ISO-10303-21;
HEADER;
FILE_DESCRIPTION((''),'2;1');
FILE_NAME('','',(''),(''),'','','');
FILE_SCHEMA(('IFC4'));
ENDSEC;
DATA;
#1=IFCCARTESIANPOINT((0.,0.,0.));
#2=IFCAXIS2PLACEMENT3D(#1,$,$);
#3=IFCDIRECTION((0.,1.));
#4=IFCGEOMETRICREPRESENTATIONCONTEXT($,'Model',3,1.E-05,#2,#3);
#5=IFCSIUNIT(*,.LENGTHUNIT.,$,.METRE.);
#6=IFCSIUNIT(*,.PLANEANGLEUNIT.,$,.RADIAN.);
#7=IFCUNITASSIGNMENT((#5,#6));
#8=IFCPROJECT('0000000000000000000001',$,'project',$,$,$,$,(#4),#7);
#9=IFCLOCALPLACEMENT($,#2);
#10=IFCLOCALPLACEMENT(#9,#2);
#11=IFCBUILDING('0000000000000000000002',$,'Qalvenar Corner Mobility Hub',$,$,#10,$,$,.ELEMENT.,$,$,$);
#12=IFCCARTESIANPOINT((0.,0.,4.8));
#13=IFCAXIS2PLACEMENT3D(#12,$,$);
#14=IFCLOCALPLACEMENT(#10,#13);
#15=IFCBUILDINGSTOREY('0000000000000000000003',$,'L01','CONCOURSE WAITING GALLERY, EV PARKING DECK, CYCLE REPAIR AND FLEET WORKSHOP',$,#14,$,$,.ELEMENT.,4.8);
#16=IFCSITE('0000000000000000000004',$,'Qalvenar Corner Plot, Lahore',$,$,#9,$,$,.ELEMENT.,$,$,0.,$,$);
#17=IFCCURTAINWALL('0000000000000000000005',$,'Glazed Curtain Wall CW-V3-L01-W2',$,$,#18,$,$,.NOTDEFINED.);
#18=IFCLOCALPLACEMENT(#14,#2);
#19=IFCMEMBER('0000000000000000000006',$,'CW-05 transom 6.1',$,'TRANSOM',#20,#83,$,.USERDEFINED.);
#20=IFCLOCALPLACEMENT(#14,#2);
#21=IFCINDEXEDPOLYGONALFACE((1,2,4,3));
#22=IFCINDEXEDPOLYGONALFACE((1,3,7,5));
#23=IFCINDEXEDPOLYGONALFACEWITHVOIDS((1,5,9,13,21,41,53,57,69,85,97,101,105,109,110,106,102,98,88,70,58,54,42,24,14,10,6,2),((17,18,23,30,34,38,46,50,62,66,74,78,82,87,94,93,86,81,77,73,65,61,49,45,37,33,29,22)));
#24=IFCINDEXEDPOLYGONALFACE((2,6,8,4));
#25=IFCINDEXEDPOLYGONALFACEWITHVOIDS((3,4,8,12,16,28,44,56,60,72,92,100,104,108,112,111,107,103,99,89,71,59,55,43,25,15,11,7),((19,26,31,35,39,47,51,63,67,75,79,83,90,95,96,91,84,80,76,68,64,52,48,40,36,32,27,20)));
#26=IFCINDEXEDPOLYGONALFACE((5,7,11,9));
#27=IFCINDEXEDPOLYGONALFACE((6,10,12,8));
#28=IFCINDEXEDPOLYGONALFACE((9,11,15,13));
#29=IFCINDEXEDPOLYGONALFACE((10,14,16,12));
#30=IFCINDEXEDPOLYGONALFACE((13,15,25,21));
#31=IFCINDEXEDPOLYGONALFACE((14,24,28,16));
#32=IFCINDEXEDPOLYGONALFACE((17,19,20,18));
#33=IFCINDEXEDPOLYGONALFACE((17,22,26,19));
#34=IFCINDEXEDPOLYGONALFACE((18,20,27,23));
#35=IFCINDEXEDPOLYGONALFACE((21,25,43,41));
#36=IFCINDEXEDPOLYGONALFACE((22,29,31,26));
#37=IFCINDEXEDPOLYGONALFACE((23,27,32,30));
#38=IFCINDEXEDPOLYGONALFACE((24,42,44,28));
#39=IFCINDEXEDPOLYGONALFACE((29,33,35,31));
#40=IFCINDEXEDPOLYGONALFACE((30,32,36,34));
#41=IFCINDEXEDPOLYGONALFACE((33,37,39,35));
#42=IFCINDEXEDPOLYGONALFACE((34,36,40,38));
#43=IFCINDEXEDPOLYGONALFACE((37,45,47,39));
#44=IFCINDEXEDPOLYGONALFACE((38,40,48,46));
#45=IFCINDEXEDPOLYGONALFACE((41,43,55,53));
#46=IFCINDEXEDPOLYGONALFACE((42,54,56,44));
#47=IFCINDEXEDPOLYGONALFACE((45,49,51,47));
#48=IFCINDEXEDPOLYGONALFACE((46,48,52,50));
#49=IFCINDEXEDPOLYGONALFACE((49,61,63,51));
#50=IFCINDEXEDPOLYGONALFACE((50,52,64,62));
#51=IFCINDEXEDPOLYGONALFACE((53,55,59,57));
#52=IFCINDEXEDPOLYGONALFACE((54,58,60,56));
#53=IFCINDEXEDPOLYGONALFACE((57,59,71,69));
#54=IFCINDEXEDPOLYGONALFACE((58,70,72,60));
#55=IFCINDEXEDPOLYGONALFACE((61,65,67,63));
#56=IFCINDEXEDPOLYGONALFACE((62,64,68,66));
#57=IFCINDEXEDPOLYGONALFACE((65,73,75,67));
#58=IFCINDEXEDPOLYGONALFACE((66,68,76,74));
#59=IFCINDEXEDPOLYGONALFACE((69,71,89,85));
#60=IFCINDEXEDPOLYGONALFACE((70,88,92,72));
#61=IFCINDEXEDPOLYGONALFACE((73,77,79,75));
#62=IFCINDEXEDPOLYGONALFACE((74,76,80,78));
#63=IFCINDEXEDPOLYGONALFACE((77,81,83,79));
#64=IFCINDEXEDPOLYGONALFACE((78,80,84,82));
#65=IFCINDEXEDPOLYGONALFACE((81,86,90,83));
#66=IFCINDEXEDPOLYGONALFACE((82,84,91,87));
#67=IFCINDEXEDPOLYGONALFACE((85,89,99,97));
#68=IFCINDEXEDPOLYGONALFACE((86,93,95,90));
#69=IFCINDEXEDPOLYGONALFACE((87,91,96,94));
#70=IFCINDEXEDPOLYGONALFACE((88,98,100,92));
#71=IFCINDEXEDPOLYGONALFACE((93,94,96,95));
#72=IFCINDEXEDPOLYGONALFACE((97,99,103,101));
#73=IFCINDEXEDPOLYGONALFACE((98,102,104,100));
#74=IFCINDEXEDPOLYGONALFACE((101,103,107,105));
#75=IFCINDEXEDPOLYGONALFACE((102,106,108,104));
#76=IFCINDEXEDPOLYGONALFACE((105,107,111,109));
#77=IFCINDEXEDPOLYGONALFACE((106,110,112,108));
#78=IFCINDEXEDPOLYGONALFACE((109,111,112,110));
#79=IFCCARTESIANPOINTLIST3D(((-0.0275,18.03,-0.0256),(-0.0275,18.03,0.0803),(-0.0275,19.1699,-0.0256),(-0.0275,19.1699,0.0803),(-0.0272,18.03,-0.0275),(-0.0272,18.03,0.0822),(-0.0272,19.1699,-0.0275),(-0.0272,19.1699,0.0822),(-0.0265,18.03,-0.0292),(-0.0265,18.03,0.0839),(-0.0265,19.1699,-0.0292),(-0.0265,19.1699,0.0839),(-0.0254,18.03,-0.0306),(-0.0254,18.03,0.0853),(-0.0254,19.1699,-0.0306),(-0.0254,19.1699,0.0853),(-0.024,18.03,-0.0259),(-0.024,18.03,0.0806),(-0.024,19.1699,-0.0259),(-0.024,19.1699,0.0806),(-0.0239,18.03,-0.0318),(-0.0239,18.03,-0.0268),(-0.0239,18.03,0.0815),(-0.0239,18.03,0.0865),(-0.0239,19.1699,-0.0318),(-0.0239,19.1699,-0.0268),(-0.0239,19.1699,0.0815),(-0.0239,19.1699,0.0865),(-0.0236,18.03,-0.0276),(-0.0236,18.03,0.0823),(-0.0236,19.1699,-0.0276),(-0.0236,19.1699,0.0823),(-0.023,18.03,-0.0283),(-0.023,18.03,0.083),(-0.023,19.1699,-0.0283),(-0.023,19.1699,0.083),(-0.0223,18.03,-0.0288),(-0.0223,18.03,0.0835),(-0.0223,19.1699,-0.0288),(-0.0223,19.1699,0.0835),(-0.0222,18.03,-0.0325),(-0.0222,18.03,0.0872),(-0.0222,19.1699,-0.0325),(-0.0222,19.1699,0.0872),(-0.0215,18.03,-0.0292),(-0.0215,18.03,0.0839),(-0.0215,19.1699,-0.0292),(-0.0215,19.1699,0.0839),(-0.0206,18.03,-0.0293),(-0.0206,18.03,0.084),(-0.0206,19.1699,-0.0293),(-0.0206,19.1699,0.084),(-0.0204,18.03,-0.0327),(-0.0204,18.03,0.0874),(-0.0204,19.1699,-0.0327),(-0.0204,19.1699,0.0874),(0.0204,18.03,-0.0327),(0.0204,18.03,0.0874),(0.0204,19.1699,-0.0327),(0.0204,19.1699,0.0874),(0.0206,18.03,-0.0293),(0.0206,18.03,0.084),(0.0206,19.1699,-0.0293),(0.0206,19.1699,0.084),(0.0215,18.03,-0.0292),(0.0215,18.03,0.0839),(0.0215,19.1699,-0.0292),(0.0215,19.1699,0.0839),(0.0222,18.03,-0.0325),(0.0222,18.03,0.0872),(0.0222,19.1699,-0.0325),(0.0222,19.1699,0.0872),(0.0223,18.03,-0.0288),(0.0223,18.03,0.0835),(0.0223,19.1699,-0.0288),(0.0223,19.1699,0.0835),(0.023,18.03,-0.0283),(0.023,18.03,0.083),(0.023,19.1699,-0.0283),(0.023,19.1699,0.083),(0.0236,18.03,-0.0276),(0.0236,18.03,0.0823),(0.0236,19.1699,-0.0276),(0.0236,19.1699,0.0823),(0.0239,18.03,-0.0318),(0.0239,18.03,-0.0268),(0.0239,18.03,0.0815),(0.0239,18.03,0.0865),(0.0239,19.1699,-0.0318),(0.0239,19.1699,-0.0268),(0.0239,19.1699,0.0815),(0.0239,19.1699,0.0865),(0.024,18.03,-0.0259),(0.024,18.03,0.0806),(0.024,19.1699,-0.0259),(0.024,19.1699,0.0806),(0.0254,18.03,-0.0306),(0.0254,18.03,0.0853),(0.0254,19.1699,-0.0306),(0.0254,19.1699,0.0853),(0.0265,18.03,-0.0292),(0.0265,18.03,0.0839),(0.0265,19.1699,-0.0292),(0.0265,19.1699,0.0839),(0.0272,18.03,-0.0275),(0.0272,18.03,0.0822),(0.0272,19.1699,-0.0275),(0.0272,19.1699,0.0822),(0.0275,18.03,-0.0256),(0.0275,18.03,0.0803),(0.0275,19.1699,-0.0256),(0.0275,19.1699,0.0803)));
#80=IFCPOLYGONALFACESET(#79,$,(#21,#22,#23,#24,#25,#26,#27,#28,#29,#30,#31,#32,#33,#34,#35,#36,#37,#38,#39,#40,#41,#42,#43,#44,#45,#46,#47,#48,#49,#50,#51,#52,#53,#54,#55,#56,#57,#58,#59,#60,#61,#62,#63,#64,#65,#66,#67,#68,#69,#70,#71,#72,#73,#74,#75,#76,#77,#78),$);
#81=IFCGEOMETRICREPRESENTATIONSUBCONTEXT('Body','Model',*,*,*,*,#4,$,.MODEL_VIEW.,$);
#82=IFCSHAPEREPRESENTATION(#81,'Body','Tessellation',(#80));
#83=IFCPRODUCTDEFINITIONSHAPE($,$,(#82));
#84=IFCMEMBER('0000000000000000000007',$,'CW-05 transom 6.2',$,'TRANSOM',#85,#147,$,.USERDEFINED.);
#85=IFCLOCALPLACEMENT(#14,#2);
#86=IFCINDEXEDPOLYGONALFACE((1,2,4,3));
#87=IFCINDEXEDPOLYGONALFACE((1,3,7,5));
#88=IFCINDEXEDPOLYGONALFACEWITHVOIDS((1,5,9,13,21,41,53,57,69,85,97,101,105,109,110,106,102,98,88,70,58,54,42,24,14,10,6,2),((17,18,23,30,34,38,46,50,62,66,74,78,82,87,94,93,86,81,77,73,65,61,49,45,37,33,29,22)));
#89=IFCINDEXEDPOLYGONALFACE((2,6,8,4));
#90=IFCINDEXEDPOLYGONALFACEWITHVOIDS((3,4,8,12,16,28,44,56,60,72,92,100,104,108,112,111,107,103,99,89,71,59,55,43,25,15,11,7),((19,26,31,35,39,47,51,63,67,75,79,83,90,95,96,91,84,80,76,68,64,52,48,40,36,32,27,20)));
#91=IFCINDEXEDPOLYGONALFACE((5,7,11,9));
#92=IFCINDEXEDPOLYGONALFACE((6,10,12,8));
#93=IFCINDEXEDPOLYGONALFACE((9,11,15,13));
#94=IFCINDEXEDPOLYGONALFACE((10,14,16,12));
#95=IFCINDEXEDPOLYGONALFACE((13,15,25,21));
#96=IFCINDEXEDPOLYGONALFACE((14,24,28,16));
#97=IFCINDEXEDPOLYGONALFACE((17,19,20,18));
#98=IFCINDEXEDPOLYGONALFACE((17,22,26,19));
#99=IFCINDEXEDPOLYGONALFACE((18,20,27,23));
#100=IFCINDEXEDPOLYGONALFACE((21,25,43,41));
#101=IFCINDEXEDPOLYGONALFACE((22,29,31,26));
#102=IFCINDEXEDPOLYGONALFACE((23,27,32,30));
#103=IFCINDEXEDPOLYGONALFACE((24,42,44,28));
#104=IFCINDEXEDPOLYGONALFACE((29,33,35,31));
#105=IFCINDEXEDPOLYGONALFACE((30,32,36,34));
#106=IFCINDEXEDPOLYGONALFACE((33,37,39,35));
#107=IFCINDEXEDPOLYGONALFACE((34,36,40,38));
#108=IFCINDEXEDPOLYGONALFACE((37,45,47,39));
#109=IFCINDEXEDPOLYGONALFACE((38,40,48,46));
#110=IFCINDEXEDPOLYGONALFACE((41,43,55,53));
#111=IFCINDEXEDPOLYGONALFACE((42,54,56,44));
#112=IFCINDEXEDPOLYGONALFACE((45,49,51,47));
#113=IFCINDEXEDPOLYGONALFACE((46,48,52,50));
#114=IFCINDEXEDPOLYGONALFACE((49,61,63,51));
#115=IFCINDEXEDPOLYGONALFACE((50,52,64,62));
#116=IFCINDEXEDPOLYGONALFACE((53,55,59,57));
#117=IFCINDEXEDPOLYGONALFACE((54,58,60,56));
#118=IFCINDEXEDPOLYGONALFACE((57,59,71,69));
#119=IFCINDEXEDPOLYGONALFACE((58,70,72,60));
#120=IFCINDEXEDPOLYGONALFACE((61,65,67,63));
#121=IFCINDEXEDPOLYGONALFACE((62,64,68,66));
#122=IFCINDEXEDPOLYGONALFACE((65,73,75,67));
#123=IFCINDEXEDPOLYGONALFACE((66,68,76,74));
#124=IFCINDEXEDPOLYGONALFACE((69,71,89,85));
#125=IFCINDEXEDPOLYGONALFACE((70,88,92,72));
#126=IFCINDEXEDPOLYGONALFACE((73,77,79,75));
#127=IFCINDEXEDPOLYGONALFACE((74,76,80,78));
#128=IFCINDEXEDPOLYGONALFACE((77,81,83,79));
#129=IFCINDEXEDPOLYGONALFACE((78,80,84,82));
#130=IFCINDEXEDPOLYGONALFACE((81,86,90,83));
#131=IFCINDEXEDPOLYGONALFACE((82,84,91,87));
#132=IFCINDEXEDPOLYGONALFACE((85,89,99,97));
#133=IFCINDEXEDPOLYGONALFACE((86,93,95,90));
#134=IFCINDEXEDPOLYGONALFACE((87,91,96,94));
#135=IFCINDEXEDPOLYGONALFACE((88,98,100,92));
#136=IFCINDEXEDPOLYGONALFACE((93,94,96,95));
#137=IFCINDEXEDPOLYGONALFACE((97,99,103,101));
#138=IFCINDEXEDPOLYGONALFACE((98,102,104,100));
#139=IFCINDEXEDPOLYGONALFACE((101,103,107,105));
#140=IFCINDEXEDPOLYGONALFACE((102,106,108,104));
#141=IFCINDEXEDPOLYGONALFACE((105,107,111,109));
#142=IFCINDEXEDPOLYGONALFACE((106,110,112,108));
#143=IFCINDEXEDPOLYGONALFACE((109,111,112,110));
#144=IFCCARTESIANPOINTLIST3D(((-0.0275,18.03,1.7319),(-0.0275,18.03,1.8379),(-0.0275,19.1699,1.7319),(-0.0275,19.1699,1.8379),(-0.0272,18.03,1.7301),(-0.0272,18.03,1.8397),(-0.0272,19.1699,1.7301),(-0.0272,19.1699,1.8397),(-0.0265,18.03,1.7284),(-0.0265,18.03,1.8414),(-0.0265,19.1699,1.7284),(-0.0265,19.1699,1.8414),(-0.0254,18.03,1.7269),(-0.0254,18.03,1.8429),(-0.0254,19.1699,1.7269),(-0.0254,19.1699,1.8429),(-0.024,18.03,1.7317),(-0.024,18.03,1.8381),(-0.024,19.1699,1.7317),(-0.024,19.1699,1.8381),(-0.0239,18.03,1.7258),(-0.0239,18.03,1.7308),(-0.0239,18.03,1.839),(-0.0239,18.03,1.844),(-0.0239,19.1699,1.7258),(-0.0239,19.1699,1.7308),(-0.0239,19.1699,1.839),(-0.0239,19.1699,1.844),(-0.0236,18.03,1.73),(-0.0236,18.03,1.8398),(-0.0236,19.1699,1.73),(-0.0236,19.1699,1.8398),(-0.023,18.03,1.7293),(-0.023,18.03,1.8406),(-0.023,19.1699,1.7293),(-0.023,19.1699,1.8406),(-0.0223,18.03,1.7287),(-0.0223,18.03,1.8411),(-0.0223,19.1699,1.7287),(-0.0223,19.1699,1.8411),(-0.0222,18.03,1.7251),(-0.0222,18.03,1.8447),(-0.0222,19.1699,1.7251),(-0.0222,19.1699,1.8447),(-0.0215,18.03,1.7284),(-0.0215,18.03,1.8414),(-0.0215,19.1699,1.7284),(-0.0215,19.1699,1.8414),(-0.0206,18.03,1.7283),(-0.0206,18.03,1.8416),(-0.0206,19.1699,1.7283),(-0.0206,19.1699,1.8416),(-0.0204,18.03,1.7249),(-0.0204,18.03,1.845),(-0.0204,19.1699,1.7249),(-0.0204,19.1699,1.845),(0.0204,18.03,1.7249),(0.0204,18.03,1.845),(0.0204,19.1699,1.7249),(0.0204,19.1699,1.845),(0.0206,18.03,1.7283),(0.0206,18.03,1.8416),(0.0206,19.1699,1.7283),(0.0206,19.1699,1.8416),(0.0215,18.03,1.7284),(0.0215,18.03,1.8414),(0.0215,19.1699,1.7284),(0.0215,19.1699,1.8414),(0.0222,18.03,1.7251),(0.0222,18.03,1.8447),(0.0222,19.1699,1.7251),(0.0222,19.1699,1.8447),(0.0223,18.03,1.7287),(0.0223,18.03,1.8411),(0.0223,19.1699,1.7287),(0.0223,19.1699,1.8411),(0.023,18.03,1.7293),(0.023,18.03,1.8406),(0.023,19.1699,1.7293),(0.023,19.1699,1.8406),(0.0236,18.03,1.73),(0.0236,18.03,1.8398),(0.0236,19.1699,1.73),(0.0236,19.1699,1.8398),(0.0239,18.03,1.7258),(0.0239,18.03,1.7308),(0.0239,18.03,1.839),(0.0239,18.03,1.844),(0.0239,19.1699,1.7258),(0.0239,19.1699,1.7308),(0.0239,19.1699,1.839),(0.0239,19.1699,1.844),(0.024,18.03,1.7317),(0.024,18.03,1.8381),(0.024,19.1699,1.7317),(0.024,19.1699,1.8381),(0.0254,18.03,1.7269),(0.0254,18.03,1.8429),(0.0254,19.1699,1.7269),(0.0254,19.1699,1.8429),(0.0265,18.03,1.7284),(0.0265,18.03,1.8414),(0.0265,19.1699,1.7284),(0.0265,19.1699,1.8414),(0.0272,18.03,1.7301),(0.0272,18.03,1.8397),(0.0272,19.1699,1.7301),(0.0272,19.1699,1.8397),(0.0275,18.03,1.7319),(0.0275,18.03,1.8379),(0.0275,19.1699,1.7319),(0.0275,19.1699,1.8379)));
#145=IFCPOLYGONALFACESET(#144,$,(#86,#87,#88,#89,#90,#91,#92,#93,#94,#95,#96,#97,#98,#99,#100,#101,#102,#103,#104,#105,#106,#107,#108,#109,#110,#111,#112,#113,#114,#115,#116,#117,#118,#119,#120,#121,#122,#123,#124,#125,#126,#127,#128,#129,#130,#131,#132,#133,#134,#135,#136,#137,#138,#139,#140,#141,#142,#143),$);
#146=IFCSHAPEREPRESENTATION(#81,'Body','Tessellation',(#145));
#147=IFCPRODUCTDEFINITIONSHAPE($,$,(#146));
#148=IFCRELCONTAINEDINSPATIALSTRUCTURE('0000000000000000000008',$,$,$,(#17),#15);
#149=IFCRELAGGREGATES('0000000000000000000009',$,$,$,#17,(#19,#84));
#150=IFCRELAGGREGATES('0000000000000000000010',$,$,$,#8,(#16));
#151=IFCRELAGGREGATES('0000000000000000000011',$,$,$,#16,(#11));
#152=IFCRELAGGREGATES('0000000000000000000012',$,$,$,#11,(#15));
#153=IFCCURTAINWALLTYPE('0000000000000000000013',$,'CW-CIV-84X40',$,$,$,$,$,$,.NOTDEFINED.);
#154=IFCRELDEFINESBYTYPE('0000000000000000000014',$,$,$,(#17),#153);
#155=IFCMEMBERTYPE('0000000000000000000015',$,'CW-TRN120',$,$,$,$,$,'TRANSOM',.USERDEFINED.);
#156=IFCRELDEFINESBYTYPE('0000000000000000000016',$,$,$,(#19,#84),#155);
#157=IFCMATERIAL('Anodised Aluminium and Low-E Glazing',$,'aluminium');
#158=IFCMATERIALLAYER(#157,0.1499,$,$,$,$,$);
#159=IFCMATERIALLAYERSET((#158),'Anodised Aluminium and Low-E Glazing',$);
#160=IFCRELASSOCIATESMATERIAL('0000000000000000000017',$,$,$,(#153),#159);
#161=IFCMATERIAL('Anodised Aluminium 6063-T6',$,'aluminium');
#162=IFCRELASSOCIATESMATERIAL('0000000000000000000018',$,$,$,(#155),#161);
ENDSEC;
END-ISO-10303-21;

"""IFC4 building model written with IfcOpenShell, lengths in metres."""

from ifc_helpers import new_model, si_unit, direction, frame, origin, origin_2d, place, context, subcontext, project, spatial, hollow_rectangle, extrude, material, layer, layer_set, material_profile, profile_set, type_object, element, aggregate, save


model = new_model("IFC4")

# Units and contexts
model_context = context("Model", 3, precision=1e-05, world=origin(), true_north=direction((0.0, 1.0)))
body_context = subcontext(model_context, "Body", "Model", "MODEL_VIEW")
ifc_project = project(units=[si_unit("LENGTHUNIT", "METRE"), si_unit("PLANEANGLEUNIT", "RADIAN")], contexts=[model_context])

# Site, building, storey
site_placement = place(None, origin())
site = spatial("IfcSite", under=ifc_project, at=site_placement, Name="Qalvenar Corner Plot, Lahore", CompositionType="ELEMENT", RefElevation=0.0)
building_placement = place(site_placement, origin())
building = spatial("IfcBuilding", under=site, at=building_placement, Name="Qalvenar Corner Mobility Hub", CompositionType="ELEMENT")
storey_placement = place(building_placement, frame((0.0, 0.0, 4.8)))
storey = spatial("IfcBuildingStorey", under=building, at=storey_placement, Name="L01", Description="CONCOURSE WAITING GALLERY, EV PARKING DECK, CYCLE REPAIR AND FLEET WORKSHOP", CompositionType="ELEMENT", Elevation=4.8)

# Curtain wall, members
ifc_material_1 = material(Name="Anodised Aluminium and Low-E Glazing", Category="aluminium")
ifc_layer_1 = layer(ifc_material_1, 0.1499)
ifc_layer_set_1 = layer_set([ifc_layer_1], Name="Anodised Aluminium and Low-E Glazing")
curtain_wall_type = type_object("IfcCurtainWallType", Name="CW-CIV-84X40", PredefinedType="NOTDEFINED", material=ifc_layer_set_1)
curtain_wall_placement = place(storey_placement, origin())
curtain_wall = element("IfcCurtainWall", 1, at=curtain_wall_placement, inside=storey, type_object=curtain_wall_type, Name="Glazed Curtain Wall CW-V3-L01-W2", PredefinedType="NOTDEFINED")
ifc_material_2 = material(Name="Anodised Aluminium 6063-T6", Category="aluminium")
ifc_material_profile_1 = material_profile(ifc_material_2, hollow_rectangle(XDim=0.0549, YDim=0.1201, WallThickness=0.0034, InnerFilletRadius=0.0034, OuterFilletRadius=0.0071, at=origin_2d()), Name="RHS120x55x3.5")
ifc_profile_set_1 = profile_set([ifc_material_profile_1], Name="Anodised Aluminium 6063-T6")
member_type_1 = type_object("IfcMemberType", Name="CW-TRN120", ElementType="TRANSOM", PredefinedType="USERDEFINED", material=ifc_profile_set_1)
member_1_placement = place(storey_placement, frame((0.0, 19.1699, 0.0273), z_axis=(0.0, -1.0, 0.0), x_axis=(1.0, 0.0, 0.0)))
member_1 = element("IfcMember", 2, at=member_1_placement, type_object=member_type_1, Name="CW-05 transom 6.1", ObjectType="TRANSOM", PredefinedType="USERDEFINED", context=body_context, shape_type="SweptSolid", body=[
    extrude(hollow_rectangle(XDim=0.0549, YDim=0.1201, WallThickness=0.0034, InnerFilletRadius=0.0034, OuterFilletRadius=0.0071, at=origin_2d()), origin(), (0.0, 0.0, 1.0), 1.1399),
])
member_2_placement = place(storey_placement, frame((0.0, 19.1699, 1.7849), z_axis=(0.0, -1.0, 0.0), x_axis=(1.0, 0.0, 0.0)))
member_2 = element("IfcMember", 3, at=member_2_placement, type_object=member_type_1, Name="CW-05 transom 6.2", ObjectType="TRANSOM", PredefinedType="USERDEFINED", context=body_context, shape_type="SweptSolid", body=[
    extrude(hollow_rectangle(XDim=0.0549, YDim=0.1201, WallThickness=0.0034, InnerFilletRadius=0.0034, OuterFilletRadius=0.0071, at=origin_2d()), origin(), (0.0, 0.0, 1.0), 1.1399),
])
aggregate(curtain_wall, [member_1, member_2])

save(model, "model.ifc")
